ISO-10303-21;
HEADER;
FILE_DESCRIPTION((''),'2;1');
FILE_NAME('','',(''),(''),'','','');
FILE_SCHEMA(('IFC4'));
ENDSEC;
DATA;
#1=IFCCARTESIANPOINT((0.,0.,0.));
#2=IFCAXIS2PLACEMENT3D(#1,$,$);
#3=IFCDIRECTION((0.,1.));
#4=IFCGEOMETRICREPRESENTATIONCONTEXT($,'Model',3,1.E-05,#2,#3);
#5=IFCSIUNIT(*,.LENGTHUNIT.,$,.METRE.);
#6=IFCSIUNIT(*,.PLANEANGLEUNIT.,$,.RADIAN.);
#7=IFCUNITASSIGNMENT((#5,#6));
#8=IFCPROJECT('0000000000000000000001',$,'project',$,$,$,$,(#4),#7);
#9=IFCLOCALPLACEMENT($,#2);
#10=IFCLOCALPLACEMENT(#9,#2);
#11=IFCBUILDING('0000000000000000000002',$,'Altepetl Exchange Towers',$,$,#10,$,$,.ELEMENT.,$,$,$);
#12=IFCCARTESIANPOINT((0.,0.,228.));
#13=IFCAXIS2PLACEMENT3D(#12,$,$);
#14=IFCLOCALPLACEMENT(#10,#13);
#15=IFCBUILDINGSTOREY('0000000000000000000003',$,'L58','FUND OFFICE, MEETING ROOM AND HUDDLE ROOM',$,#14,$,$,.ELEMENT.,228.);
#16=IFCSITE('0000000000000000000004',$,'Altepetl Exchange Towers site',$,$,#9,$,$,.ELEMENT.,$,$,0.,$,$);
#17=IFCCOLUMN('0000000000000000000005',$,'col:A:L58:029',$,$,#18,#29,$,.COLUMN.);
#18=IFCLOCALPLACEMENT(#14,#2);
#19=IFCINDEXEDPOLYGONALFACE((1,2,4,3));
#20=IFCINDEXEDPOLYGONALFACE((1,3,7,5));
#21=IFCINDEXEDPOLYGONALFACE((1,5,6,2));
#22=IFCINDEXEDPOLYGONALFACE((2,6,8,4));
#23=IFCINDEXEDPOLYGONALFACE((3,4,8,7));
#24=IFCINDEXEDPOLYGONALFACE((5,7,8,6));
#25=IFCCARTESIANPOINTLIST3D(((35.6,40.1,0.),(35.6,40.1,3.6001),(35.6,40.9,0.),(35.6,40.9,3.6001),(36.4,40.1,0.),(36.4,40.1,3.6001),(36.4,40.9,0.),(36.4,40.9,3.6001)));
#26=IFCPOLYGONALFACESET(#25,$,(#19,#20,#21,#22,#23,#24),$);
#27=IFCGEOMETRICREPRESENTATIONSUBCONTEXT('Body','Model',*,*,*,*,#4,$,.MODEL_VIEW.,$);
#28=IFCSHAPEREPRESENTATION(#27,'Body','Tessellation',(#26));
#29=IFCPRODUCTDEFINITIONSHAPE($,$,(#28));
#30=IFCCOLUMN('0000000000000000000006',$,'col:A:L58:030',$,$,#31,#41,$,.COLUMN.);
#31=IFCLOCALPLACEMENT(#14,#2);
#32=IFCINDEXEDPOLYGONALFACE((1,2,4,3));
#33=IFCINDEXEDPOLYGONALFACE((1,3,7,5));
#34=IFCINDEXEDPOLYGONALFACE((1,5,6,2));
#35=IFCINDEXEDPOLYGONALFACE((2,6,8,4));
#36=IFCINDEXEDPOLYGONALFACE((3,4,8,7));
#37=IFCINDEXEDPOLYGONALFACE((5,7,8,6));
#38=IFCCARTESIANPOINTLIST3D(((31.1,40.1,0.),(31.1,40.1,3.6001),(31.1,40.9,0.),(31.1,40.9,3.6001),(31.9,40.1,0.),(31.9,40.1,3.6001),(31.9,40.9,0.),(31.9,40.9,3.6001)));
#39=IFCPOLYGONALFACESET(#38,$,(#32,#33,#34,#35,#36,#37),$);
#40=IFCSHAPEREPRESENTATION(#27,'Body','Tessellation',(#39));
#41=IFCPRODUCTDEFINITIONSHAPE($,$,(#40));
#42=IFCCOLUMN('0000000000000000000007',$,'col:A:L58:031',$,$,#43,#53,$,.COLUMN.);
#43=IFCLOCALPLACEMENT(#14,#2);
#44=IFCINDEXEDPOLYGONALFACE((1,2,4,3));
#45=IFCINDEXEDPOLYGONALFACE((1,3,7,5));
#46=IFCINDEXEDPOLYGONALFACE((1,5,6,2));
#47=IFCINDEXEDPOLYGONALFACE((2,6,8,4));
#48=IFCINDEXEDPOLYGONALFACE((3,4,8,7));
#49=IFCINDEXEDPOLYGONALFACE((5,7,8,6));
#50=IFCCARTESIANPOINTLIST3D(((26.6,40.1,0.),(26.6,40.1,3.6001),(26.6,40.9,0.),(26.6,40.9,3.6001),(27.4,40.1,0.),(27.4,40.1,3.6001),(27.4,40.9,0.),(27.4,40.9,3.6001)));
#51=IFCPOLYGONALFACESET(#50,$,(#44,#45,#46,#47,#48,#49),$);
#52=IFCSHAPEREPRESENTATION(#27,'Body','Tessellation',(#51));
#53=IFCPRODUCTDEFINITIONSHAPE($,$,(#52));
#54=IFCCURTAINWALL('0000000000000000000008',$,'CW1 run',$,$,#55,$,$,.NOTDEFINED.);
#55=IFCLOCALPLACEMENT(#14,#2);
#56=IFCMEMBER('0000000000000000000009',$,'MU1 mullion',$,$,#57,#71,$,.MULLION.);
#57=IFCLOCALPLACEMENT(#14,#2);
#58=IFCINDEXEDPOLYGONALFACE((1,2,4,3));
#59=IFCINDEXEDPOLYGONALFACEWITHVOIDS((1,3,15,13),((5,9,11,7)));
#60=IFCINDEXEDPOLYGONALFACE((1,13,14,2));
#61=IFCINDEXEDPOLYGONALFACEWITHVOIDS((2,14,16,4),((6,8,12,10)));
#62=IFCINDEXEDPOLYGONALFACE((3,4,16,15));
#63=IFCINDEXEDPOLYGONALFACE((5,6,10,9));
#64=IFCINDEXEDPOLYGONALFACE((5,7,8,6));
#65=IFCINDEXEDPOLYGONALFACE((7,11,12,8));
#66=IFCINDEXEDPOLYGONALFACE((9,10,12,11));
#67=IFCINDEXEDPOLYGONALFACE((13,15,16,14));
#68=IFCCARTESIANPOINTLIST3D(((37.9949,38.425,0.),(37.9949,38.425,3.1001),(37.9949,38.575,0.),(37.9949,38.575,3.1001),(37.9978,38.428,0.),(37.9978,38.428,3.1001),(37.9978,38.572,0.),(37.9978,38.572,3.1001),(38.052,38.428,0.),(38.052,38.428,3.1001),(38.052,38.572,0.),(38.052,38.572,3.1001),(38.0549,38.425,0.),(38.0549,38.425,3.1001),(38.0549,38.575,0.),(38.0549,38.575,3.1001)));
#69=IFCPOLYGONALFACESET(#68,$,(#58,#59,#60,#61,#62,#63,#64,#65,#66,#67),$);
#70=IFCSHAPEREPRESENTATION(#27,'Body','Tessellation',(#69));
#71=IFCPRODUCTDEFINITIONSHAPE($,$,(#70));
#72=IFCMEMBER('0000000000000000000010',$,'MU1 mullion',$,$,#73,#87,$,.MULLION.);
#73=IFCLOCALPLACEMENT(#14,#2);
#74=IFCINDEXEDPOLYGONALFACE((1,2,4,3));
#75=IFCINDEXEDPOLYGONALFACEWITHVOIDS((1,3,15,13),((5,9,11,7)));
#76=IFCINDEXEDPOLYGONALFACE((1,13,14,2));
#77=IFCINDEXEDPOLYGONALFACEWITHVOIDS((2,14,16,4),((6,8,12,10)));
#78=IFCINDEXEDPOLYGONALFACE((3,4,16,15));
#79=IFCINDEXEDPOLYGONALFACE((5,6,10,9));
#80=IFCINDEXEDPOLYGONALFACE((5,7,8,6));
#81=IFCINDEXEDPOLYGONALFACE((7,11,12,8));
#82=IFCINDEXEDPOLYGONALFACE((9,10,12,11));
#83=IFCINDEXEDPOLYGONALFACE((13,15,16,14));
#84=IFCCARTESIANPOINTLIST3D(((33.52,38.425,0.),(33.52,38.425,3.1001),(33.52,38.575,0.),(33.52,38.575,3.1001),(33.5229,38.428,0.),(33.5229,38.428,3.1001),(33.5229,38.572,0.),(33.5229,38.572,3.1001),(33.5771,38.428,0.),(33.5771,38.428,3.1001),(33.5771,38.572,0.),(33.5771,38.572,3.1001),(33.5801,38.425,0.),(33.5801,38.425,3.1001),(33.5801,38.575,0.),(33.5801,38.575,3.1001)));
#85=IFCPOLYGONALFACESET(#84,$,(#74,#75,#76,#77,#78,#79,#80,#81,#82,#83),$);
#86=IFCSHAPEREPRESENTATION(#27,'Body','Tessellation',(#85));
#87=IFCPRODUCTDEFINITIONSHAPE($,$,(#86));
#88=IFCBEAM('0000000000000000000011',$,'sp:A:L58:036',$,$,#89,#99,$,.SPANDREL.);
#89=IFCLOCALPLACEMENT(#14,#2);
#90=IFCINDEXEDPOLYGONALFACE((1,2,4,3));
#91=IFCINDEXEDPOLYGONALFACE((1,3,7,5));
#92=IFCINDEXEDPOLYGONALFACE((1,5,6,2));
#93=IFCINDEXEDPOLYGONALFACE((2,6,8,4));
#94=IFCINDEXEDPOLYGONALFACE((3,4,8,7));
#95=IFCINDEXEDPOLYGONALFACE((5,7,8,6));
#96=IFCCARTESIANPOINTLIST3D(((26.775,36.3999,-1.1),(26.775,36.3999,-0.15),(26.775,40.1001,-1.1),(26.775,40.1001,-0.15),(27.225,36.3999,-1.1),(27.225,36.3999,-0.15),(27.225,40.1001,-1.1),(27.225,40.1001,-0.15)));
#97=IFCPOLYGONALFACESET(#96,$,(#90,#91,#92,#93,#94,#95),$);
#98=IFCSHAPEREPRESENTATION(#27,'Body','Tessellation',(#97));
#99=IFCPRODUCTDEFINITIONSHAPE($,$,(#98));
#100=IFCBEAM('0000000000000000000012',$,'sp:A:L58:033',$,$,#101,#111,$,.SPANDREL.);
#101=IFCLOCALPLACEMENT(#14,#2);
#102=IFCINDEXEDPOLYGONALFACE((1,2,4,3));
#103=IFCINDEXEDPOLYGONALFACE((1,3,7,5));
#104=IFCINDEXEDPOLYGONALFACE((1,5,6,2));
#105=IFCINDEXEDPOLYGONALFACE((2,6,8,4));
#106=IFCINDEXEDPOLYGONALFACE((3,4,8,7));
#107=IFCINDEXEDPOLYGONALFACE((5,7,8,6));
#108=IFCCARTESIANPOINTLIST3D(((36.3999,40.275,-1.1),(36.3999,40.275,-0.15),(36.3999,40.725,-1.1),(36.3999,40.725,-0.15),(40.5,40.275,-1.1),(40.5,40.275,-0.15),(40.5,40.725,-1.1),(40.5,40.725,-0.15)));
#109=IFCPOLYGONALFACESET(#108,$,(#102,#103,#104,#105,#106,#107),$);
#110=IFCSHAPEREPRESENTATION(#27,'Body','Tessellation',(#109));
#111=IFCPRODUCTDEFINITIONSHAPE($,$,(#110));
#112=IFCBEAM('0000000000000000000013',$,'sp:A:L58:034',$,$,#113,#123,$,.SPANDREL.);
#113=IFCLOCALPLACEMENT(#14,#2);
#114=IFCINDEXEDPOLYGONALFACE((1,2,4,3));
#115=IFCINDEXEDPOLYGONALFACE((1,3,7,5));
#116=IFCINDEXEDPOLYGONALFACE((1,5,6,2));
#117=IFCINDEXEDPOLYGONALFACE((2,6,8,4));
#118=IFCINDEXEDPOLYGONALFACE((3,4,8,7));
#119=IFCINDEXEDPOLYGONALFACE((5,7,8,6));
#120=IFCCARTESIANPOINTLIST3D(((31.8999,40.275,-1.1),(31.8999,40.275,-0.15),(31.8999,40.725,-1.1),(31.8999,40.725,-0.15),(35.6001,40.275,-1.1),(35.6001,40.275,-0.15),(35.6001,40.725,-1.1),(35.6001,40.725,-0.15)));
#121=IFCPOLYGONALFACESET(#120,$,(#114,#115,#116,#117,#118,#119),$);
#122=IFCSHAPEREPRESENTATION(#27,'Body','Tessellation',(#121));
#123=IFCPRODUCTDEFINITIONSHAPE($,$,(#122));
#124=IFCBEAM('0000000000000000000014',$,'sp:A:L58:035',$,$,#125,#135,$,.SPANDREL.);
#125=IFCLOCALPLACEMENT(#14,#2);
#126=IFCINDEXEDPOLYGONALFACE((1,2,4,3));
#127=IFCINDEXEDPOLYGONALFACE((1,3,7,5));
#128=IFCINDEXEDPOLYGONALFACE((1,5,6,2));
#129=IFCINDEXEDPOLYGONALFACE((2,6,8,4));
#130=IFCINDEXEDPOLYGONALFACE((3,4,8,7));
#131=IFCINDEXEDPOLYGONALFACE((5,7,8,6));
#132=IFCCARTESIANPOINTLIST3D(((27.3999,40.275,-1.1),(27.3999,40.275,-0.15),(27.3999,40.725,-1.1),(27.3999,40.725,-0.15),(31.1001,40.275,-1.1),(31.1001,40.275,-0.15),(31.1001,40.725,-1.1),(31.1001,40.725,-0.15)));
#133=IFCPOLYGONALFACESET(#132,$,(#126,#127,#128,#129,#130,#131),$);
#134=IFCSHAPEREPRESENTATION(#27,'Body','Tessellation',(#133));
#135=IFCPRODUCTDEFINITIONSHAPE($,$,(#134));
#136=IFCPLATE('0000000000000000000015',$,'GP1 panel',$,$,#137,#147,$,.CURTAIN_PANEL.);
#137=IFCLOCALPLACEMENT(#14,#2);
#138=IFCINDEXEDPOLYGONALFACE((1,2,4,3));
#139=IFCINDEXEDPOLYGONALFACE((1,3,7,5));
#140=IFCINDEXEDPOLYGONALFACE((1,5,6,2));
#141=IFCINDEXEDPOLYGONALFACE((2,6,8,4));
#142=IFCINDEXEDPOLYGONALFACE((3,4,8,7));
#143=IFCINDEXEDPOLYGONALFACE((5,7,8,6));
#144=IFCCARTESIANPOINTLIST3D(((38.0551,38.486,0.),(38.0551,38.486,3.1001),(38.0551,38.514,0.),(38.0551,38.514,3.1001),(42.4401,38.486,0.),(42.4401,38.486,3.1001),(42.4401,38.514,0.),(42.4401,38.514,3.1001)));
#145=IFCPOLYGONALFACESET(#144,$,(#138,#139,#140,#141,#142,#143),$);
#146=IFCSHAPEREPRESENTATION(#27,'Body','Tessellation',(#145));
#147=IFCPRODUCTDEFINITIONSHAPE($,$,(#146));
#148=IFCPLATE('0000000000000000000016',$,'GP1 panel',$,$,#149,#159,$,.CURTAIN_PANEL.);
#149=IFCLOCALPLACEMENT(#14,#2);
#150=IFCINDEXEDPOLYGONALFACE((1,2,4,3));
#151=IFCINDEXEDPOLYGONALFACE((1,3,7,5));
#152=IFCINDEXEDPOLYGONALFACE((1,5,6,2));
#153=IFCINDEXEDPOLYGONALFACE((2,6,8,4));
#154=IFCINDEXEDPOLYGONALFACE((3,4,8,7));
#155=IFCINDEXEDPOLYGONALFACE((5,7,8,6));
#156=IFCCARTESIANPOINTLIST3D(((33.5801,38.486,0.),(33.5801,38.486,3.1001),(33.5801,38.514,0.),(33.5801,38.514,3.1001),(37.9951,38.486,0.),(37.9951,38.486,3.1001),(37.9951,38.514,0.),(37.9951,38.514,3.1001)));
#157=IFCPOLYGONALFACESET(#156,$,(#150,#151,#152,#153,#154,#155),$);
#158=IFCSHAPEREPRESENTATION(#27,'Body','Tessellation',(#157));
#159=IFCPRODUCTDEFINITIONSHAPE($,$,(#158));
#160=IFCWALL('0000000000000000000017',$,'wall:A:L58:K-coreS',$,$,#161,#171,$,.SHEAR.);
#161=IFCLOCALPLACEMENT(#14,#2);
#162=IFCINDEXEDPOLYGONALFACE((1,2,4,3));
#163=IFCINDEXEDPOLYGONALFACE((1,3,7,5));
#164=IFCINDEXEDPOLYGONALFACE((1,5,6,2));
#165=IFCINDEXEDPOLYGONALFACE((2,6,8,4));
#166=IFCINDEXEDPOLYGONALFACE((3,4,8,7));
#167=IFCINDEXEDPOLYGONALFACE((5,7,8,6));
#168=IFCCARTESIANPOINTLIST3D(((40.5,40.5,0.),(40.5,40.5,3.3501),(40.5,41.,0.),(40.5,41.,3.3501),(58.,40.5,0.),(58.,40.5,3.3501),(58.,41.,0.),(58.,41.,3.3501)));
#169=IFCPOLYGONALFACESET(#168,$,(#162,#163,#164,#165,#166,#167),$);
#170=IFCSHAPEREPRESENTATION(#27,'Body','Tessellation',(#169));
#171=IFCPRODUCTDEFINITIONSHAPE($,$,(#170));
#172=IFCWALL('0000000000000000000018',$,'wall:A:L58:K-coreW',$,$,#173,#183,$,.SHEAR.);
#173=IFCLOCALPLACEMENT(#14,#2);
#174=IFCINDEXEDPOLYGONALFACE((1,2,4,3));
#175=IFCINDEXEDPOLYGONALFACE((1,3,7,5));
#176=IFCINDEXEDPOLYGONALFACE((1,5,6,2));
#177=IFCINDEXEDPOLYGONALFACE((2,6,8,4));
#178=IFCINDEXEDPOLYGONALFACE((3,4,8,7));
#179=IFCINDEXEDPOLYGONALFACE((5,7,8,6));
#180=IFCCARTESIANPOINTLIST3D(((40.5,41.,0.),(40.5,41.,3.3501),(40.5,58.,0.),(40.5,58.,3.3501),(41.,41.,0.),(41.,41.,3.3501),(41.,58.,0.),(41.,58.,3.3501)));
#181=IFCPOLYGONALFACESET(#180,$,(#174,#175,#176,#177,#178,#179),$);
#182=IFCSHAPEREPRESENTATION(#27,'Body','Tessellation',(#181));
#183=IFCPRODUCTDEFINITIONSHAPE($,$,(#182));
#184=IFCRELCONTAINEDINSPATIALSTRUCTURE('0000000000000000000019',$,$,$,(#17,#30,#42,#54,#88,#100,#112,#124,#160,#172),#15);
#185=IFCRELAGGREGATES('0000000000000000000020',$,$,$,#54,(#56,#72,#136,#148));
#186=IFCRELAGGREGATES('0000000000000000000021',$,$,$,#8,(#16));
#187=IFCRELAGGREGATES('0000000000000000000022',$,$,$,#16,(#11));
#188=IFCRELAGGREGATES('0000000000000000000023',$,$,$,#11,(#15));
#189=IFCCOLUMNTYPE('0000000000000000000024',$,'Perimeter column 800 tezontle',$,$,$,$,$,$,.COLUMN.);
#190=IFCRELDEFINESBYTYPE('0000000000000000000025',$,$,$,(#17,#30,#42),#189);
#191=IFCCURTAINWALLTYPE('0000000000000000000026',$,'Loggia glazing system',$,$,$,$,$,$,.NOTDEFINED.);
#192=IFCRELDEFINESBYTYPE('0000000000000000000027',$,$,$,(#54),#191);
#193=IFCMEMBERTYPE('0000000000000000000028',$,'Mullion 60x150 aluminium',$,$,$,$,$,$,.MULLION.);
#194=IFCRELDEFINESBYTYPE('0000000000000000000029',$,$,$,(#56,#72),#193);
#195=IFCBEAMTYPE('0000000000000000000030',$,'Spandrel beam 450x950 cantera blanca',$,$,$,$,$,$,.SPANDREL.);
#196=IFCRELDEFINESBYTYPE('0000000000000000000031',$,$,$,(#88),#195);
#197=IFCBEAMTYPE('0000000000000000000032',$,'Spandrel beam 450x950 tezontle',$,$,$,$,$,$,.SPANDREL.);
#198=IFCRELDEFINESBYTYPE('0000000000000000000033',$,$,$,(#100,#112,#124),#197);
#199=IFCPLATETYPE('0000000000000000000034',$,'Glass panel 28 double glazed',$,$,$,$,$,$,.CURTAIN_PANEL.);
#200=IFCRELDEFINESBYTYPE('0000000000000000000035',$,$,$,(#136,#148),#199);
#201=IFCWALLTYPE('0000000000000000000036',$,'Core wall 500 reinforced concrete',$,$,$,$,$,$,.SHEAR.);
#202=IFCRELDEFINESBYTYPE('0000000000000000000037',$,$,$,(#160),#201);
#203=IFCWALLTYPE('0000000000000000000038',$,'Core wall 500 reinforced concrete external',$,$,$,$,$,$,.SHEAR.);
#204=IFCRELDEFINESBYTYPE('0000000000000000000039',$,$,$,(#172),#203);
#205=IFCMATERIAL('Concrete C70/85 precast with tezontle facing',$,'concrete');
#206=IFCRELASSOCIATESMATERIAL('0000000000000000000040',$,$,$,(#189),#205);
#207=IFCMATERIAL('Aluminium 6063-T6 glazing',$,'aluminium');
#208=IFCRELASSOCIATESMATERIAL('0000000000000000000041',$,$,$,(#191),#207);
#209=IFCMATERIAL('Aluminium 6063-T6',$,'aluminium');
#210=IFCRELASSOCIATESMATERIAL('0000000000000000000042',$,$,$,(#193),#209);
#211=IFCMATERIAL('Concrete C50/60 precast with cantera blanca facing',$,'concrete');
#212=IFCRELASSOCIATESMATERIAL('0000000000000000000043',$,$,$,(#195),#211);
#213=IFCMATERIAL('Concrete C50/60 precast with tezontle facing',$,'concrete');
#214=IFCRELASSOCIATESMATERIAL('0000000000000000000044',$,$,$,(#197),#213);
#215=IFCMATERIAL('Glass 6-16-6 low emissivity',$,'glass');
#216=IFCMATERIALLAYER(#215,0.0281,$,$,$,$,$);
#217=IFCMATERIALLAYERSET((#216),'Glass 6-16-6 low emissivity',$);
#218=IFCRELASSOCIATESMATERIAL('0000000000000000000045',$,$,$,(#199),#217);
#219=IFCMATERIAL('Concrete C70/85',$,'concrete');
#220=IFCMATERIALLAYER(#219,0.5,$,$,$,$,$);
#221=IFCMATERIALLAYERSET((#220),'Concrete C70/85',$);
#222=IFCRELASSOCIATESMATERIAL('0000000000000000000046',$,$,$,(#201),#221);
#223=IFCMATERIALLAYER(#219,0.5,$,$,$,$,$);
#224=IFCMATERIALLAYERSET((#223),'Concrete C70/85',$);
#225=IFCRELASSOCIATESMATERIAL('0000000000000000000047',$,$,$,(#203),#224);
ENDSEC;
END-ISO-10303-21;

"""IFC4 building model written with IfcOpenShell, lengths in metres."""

from ifc_helpers import new_model, si_unit, direction, frame, frame_2d, origin, origin_2d, place, context, subcontext, project, spatial, rectangle, hollow_rectangle, extrude, material, layer, layer_set, material_profile, profile_set, type_object, element, aggregate, save


model = new_model("IFC4")

# Units and contexts
model_context = context("Model", 3, precision=1e-05, world=origin(), true_north=direction((0.0, 1.0)))
body_context = subcontext(model_context, "Body", "Model", "MODEL_VIEW")
ifc_project = project(units=[si_unit("LENGTHUNIT", "METRE"), si_unit("PLANEANGLEUNIT", "RADIAN")], contexts=[model_context])

# Site, building, storey
site_placement = place(None, origin())
site = spatial("IfcSite", under=ifc_project, at=site_placement, Name="Altepetl Exchange Towers site", CompositionType="ELEMENT", RefElevation=0.0)
building_placement = place(site_placement, origin())
building = spatial("IfcBuilding", under=site, at=building_placement, Name="Altepetl Exchange Towers", CompositionType="ELEMENT")
storey_placement = place(building_placement, frame((0.0, 0.0, 228.0)))
storey = spatial("IfcBuildingStorey", under=building, at=storey_placement, Name="L58", Description="FUND OFFICE, MEETING ROOM AND HUDDLE ROOM", CompositionType="ELEMENT", Elevation=228.0)

# Columns
ifc_material_1 = material(Name="Concrete C70/85 precast with tezontle facing", Category="concrete")
ifc_material_profile_1 = material_profile(ifc_material_1, rectangle(XDim=0.8, YDim=0.8, at=origin_2d()), Name="800 x 800")
ifc_profile_set_1 = profile_set([ifc_material_profile_1], Name="Concrete C70/85 precast with tezontle facing")
column_type = type_object("IfcColumnType", Name="Perimeter column 800 tezontle", PredefinedType="COLUMN", material=ifc_profile_set_1)
for number, where, name in (
    (1, (36.0, 40.5, 0.0), "col:A:L58:029"),
    (2, (31.5, 40.5, 0.0), "col:A:L58:030"),
    (3, (27.0, 40.5, 0.0), "col:A:L58:031"),
):
    element("IfcColumn", number, at=place(storey_placement, frame(where)), inside=storey, type_object=column_type, Name=name, PredefinedType="COLUMN", context=body_context, shape_type="SweptSolid", body=[
        extrude(rectangle(XDim=0.8, YDim=0.8, at=origin_2d()), origin(), (0.0, 0.0, 1.0), 3.6001),
    ])

# Curtain wall, members
ifc_material_2 = material(Name="Aluminium 6063-T6 glazing", Category="aluminium")
curtain_wall_type = type_object("IfcCurtainWallType", Name="Loggia glazing system", PredefinedType="NOTDEFINED", material=ifc_material_2)
curtain_wall_placement = place(storey_placement, origin())
curtain_wall = element("IfcCurtainWall", 4, at=curtain_wall_placement, inside=storey, type_object=curtain_wall_type, Name="CW1 run", PredefinedType="NOTDEFINED")
ifc_material_3 = material(Name="Aluminium 6063-T6", Category="aluminium")
ifc_material_profile_2 = material_profile(ifc_material_3, hollow_rectangle(XDim=0.0601, YDim=0.1499, WallThickness=0.0029, at=origin_2d()), Name="Mullion 60x150 aluminium")
ifc_profile_set_2 = profile_set([ifc_material_profile_2], Name="Aluminium 6063-T6")
member_type = type_object("IfcMemberType", Name="Mullion 60x150 aluminium", PredefinedType="MULLION", material=ifc_profile_set_2)
member_1_placement = place(storey_placement, frame((38.0249, 38.5, 0.0), z_axis=(0.0, 0.0, 1.0), x_axis=(-1.0, 0.0, 0.0)))
member_1 = element("IfcMember", 5, at=member_1_placement, type_object=member_type, Name="MU1 mullion", PredefinedType="MULLION", context=body_context, shape_type="SweptSolid", body=[
    extrude(hollow_rectangle(XDim=0.0601, YDim=0.1499, WallThickness=0.0029, at=origin_2d()), origin(), (0.0, 0.0, 1.0), 3.1001),
])
member_2_placement = place(storey_placement, frame((33.55, 38.5, 0.0), z_axis=(0.0, 0.0, 1.0), x_axis=(-1.0, 0.0, 0.0)))
member_2 = element("IfcMember", 6, at=member_2_placement, type_object=member_type, Name="MU1 mullion", PredefinedType="MULLION", context=body_context, shape_type="SweptSolid", body=[
    extrude(hollow_rectangle(XDim=0.0601, YDim=0.1499, WallThickness=0.0029, at=origin_2d()), origin(), (0.0, 0.0, 1.0), 3.1001),
])

# Beams
ifc_material_4 = material(Name="Concrete C50/60 precast with cantera blanca facing", Category="concrete")
ifc_material_profile_3 = material_profile(ifc_material_4, rectangle(XDim=0.45, YDim=0.95, at=origin_2d()), Name="450 x 950")
ifc_profile_set_3 = profile_set([ifc_material_profile_3], Name="Concrete C50/60 precast with cantera blanca facing")
beam_type_1 = type_object("IfcBeamType", Name="Spandrel beam 450x950 cantera blanca", PredefinedType="SPANDREL", material=ifc_profile_set_3)
beam_1_placement = place(storey_placement, frame((27.0, 40.1001, -0.625), z_axis=(0.0, -1.0, 0.0), x_axis=(1.0, 0.0, 0.0)))
element("IfcBeam", 7, at=beam_1_placement, inside=storey, type_object=beam_type_1, Name="sp:A:L58:036", PredefinedType="SPANDREL", context=body_context, shape_type="SweptSolid", body=[
    extrude(rectangle(XDim=0.45, YDim=0.95, at=origin_2d()), origin(), (0.0, 0.0, 1.0), 3.7002),
])
ifc_material_5 = material(Name="Concrete C50/60 precast with tezontle facing", Category="concrete")
ifc_material_profile_4 = material_profile(ifc_material_5, rectangle(XDim=0.45, YDim=0.95, at=origin_2d()), Name="450 x 950")
ifc_profile_set_4 = profile_set([ifc_material_profile_4], Name="Concrete C50/60 precast with tezontle facing")
beam_type_2 = type_object("IfcBeamType", Name="Spandrel beam 450x950 tezontle", PredefinedType="SPANDREL", material=ifc_profile_set_4)
beam_2_placement = place(storey_placement, frame((40.5, 40.5, -0.625), z_axis=(-1.0, 0.0, 0.0), x_axis=(0.0, -1.0, 0.0)))
element("IfcBeam", 8, at=beam_2_placement, inside=storey, type_object=beam_type_2, Name="sp:A:L58:033", PredefinedType="SPANDREL", context=body_context, shape_type="SweptSolid", body=[
    extrude(rectangle(XDim=0.45, YDim=0.95, at=origin_2d()), origin(), (0.0, 0.0, 1.0), 4.1001),
])
for number, where, z_axis, x_axis, name in (
    (9, (35.6001, 40.5, -0.625), (-1.0, 0.0, 0.0), (0.0, -1.0, 0.0), "sp:A:L58:034"),
    (10, (31.1001, 40.5, -0.625), (-1.0, 0.0, 0.0), (0.0, -1.0, 0.0), "sp:A:L58:035"),
):
    element("IfcBeam", number, at=place(storey_placement, frame(where, z_axis=z_axis, x_axis=x_axis)), inside=storey, type_object=beam_type_2, Name=name, PredefinedType="SPANDREL", context=body_context, shape_type="SweptSolid", body=[
        extrude(rectangle(XDim=0.45, YDim=0.95, at=origin_2d()), origin(), (0.0, 0.0, 1.0), 3.7002),
    ])

# Plates
ifc_material_6 = material(Name="Glass 6-16-6 low emissivity", Category="glass")
ifc_layer_1 = layer(ifc_material_6, 0.0281)
ifc_layer_set_1 = layer_set([ifc_layer_1], Name="Glass 6-16-6 low emissivity")
plate_type = type_object("IfcPlateType", Name="Glass panel 28 double glazed", PredefinedType="CURTAIN_PANEL", material=ifc_layer_set_1)
plate_1_placement = place(storey_placement, frame((40.2476, 38.5, 0.0), z_axis=(0.0, 0.0, 1.0), x_axis=(-1.0, 0.0, 0.0)))
plate_1 = element("IfcPlate", 11, at=plate_1_placement, type_object=plate_type, Name="GP1 panel", PredefinedType="CURTAIN_PANEL", context=body_context, shape_type="SweptSolid", body=[
    extrude(rectangle(XDim=4.385, YDim=0.0281, at=origin_2d()), origin(), (0.0, 0.0, 1.0), 3.1001),
])
plate_2_placement = place(storey_placement, frame((35.7876, 38.5, 0.0), z_axis=(0.0, 0.0, 1.0), x_axis=(-1.0, 0.0, 0.0)))
plate_2 = element("IfcPlate", 12, at=plate_2_placement, type_object=plate_type, Name="GP1 panel", PredefinedType="CURTAIN_PANEL", context=body_context, shape_type="SweptSolid", body=[
    extrude(rectangle(XDim=4.415, YDim=0.0281, at=origin_2d()), origin(), (0.0, 0.0, 1.0), 3.1001),
])
aggregate(curtain_wall, [member_1, member_2, plate_1, plate_2])

# Walls
ifc_material_7 = material(Name="Concrete C70/85", Category="concrete")
ifc_layer_2 = layer(ifc_material_7, 0.5)
ifc_layer_set_2 = layer_set([ifc_layer_2], Name="Concrete C70/85")
wall_type_1 = type_object("IfcWallType", Name="Core wall 500 reinforced concrete", PredefinedType="SHEAR", material=ifc_layer_set_2)
wall_1_placement = place(storey_placement, frame((40.5, 40.75, 0.0)))
element("IfcWall", 13, at=wall_1_placement, inside=storey, type_object=wall_type_1, Name="wall:A:L58:K-coreS", PredefinedType="SHEAR", context=body_context, shape_type="SweptSolid", body=[
    extrude(rectangle(XDim=17.5, YDim=0.5, at=frame_2d((8.75, 0.0))), origin(), (0.0, 0.0, 1.0), 3.3501),
])
ifc_layer_3 = layer(ifc_material_7, 0.5)
ifc_layer_set_3 = layer_set([ifc_layer_3], Name="Concrete C70/85")
wall_type_2 = type_object("IfcWallType", Name="Core wall 500 reinforced concrete external", PredefinedType="SHEAR", material=ifc_layer_set_3)
wall_2_placement = place(storey_placement, frame((40.75, 41.0, 0.0), z_axis=(0.0, 0.0, 1.0), x_axis=(0.0, 1.0, 0.0)))
element("IfcWall", 14, at=wall_2_placement, inside=storey, type_object=wall_type_2, Name="wall:A:L58:K-coreW", PredefinedType="SHEAR", context=body_context, shape_type="SweptSolid", body=[
    extrude(rectangle(XDim=17.0, YDim=0.5, at=frame_2d((8.5, 0.0))), origin(), (0.0, 0.0, 1.0), 3.3501),
])

save(model, "model.ifc")
